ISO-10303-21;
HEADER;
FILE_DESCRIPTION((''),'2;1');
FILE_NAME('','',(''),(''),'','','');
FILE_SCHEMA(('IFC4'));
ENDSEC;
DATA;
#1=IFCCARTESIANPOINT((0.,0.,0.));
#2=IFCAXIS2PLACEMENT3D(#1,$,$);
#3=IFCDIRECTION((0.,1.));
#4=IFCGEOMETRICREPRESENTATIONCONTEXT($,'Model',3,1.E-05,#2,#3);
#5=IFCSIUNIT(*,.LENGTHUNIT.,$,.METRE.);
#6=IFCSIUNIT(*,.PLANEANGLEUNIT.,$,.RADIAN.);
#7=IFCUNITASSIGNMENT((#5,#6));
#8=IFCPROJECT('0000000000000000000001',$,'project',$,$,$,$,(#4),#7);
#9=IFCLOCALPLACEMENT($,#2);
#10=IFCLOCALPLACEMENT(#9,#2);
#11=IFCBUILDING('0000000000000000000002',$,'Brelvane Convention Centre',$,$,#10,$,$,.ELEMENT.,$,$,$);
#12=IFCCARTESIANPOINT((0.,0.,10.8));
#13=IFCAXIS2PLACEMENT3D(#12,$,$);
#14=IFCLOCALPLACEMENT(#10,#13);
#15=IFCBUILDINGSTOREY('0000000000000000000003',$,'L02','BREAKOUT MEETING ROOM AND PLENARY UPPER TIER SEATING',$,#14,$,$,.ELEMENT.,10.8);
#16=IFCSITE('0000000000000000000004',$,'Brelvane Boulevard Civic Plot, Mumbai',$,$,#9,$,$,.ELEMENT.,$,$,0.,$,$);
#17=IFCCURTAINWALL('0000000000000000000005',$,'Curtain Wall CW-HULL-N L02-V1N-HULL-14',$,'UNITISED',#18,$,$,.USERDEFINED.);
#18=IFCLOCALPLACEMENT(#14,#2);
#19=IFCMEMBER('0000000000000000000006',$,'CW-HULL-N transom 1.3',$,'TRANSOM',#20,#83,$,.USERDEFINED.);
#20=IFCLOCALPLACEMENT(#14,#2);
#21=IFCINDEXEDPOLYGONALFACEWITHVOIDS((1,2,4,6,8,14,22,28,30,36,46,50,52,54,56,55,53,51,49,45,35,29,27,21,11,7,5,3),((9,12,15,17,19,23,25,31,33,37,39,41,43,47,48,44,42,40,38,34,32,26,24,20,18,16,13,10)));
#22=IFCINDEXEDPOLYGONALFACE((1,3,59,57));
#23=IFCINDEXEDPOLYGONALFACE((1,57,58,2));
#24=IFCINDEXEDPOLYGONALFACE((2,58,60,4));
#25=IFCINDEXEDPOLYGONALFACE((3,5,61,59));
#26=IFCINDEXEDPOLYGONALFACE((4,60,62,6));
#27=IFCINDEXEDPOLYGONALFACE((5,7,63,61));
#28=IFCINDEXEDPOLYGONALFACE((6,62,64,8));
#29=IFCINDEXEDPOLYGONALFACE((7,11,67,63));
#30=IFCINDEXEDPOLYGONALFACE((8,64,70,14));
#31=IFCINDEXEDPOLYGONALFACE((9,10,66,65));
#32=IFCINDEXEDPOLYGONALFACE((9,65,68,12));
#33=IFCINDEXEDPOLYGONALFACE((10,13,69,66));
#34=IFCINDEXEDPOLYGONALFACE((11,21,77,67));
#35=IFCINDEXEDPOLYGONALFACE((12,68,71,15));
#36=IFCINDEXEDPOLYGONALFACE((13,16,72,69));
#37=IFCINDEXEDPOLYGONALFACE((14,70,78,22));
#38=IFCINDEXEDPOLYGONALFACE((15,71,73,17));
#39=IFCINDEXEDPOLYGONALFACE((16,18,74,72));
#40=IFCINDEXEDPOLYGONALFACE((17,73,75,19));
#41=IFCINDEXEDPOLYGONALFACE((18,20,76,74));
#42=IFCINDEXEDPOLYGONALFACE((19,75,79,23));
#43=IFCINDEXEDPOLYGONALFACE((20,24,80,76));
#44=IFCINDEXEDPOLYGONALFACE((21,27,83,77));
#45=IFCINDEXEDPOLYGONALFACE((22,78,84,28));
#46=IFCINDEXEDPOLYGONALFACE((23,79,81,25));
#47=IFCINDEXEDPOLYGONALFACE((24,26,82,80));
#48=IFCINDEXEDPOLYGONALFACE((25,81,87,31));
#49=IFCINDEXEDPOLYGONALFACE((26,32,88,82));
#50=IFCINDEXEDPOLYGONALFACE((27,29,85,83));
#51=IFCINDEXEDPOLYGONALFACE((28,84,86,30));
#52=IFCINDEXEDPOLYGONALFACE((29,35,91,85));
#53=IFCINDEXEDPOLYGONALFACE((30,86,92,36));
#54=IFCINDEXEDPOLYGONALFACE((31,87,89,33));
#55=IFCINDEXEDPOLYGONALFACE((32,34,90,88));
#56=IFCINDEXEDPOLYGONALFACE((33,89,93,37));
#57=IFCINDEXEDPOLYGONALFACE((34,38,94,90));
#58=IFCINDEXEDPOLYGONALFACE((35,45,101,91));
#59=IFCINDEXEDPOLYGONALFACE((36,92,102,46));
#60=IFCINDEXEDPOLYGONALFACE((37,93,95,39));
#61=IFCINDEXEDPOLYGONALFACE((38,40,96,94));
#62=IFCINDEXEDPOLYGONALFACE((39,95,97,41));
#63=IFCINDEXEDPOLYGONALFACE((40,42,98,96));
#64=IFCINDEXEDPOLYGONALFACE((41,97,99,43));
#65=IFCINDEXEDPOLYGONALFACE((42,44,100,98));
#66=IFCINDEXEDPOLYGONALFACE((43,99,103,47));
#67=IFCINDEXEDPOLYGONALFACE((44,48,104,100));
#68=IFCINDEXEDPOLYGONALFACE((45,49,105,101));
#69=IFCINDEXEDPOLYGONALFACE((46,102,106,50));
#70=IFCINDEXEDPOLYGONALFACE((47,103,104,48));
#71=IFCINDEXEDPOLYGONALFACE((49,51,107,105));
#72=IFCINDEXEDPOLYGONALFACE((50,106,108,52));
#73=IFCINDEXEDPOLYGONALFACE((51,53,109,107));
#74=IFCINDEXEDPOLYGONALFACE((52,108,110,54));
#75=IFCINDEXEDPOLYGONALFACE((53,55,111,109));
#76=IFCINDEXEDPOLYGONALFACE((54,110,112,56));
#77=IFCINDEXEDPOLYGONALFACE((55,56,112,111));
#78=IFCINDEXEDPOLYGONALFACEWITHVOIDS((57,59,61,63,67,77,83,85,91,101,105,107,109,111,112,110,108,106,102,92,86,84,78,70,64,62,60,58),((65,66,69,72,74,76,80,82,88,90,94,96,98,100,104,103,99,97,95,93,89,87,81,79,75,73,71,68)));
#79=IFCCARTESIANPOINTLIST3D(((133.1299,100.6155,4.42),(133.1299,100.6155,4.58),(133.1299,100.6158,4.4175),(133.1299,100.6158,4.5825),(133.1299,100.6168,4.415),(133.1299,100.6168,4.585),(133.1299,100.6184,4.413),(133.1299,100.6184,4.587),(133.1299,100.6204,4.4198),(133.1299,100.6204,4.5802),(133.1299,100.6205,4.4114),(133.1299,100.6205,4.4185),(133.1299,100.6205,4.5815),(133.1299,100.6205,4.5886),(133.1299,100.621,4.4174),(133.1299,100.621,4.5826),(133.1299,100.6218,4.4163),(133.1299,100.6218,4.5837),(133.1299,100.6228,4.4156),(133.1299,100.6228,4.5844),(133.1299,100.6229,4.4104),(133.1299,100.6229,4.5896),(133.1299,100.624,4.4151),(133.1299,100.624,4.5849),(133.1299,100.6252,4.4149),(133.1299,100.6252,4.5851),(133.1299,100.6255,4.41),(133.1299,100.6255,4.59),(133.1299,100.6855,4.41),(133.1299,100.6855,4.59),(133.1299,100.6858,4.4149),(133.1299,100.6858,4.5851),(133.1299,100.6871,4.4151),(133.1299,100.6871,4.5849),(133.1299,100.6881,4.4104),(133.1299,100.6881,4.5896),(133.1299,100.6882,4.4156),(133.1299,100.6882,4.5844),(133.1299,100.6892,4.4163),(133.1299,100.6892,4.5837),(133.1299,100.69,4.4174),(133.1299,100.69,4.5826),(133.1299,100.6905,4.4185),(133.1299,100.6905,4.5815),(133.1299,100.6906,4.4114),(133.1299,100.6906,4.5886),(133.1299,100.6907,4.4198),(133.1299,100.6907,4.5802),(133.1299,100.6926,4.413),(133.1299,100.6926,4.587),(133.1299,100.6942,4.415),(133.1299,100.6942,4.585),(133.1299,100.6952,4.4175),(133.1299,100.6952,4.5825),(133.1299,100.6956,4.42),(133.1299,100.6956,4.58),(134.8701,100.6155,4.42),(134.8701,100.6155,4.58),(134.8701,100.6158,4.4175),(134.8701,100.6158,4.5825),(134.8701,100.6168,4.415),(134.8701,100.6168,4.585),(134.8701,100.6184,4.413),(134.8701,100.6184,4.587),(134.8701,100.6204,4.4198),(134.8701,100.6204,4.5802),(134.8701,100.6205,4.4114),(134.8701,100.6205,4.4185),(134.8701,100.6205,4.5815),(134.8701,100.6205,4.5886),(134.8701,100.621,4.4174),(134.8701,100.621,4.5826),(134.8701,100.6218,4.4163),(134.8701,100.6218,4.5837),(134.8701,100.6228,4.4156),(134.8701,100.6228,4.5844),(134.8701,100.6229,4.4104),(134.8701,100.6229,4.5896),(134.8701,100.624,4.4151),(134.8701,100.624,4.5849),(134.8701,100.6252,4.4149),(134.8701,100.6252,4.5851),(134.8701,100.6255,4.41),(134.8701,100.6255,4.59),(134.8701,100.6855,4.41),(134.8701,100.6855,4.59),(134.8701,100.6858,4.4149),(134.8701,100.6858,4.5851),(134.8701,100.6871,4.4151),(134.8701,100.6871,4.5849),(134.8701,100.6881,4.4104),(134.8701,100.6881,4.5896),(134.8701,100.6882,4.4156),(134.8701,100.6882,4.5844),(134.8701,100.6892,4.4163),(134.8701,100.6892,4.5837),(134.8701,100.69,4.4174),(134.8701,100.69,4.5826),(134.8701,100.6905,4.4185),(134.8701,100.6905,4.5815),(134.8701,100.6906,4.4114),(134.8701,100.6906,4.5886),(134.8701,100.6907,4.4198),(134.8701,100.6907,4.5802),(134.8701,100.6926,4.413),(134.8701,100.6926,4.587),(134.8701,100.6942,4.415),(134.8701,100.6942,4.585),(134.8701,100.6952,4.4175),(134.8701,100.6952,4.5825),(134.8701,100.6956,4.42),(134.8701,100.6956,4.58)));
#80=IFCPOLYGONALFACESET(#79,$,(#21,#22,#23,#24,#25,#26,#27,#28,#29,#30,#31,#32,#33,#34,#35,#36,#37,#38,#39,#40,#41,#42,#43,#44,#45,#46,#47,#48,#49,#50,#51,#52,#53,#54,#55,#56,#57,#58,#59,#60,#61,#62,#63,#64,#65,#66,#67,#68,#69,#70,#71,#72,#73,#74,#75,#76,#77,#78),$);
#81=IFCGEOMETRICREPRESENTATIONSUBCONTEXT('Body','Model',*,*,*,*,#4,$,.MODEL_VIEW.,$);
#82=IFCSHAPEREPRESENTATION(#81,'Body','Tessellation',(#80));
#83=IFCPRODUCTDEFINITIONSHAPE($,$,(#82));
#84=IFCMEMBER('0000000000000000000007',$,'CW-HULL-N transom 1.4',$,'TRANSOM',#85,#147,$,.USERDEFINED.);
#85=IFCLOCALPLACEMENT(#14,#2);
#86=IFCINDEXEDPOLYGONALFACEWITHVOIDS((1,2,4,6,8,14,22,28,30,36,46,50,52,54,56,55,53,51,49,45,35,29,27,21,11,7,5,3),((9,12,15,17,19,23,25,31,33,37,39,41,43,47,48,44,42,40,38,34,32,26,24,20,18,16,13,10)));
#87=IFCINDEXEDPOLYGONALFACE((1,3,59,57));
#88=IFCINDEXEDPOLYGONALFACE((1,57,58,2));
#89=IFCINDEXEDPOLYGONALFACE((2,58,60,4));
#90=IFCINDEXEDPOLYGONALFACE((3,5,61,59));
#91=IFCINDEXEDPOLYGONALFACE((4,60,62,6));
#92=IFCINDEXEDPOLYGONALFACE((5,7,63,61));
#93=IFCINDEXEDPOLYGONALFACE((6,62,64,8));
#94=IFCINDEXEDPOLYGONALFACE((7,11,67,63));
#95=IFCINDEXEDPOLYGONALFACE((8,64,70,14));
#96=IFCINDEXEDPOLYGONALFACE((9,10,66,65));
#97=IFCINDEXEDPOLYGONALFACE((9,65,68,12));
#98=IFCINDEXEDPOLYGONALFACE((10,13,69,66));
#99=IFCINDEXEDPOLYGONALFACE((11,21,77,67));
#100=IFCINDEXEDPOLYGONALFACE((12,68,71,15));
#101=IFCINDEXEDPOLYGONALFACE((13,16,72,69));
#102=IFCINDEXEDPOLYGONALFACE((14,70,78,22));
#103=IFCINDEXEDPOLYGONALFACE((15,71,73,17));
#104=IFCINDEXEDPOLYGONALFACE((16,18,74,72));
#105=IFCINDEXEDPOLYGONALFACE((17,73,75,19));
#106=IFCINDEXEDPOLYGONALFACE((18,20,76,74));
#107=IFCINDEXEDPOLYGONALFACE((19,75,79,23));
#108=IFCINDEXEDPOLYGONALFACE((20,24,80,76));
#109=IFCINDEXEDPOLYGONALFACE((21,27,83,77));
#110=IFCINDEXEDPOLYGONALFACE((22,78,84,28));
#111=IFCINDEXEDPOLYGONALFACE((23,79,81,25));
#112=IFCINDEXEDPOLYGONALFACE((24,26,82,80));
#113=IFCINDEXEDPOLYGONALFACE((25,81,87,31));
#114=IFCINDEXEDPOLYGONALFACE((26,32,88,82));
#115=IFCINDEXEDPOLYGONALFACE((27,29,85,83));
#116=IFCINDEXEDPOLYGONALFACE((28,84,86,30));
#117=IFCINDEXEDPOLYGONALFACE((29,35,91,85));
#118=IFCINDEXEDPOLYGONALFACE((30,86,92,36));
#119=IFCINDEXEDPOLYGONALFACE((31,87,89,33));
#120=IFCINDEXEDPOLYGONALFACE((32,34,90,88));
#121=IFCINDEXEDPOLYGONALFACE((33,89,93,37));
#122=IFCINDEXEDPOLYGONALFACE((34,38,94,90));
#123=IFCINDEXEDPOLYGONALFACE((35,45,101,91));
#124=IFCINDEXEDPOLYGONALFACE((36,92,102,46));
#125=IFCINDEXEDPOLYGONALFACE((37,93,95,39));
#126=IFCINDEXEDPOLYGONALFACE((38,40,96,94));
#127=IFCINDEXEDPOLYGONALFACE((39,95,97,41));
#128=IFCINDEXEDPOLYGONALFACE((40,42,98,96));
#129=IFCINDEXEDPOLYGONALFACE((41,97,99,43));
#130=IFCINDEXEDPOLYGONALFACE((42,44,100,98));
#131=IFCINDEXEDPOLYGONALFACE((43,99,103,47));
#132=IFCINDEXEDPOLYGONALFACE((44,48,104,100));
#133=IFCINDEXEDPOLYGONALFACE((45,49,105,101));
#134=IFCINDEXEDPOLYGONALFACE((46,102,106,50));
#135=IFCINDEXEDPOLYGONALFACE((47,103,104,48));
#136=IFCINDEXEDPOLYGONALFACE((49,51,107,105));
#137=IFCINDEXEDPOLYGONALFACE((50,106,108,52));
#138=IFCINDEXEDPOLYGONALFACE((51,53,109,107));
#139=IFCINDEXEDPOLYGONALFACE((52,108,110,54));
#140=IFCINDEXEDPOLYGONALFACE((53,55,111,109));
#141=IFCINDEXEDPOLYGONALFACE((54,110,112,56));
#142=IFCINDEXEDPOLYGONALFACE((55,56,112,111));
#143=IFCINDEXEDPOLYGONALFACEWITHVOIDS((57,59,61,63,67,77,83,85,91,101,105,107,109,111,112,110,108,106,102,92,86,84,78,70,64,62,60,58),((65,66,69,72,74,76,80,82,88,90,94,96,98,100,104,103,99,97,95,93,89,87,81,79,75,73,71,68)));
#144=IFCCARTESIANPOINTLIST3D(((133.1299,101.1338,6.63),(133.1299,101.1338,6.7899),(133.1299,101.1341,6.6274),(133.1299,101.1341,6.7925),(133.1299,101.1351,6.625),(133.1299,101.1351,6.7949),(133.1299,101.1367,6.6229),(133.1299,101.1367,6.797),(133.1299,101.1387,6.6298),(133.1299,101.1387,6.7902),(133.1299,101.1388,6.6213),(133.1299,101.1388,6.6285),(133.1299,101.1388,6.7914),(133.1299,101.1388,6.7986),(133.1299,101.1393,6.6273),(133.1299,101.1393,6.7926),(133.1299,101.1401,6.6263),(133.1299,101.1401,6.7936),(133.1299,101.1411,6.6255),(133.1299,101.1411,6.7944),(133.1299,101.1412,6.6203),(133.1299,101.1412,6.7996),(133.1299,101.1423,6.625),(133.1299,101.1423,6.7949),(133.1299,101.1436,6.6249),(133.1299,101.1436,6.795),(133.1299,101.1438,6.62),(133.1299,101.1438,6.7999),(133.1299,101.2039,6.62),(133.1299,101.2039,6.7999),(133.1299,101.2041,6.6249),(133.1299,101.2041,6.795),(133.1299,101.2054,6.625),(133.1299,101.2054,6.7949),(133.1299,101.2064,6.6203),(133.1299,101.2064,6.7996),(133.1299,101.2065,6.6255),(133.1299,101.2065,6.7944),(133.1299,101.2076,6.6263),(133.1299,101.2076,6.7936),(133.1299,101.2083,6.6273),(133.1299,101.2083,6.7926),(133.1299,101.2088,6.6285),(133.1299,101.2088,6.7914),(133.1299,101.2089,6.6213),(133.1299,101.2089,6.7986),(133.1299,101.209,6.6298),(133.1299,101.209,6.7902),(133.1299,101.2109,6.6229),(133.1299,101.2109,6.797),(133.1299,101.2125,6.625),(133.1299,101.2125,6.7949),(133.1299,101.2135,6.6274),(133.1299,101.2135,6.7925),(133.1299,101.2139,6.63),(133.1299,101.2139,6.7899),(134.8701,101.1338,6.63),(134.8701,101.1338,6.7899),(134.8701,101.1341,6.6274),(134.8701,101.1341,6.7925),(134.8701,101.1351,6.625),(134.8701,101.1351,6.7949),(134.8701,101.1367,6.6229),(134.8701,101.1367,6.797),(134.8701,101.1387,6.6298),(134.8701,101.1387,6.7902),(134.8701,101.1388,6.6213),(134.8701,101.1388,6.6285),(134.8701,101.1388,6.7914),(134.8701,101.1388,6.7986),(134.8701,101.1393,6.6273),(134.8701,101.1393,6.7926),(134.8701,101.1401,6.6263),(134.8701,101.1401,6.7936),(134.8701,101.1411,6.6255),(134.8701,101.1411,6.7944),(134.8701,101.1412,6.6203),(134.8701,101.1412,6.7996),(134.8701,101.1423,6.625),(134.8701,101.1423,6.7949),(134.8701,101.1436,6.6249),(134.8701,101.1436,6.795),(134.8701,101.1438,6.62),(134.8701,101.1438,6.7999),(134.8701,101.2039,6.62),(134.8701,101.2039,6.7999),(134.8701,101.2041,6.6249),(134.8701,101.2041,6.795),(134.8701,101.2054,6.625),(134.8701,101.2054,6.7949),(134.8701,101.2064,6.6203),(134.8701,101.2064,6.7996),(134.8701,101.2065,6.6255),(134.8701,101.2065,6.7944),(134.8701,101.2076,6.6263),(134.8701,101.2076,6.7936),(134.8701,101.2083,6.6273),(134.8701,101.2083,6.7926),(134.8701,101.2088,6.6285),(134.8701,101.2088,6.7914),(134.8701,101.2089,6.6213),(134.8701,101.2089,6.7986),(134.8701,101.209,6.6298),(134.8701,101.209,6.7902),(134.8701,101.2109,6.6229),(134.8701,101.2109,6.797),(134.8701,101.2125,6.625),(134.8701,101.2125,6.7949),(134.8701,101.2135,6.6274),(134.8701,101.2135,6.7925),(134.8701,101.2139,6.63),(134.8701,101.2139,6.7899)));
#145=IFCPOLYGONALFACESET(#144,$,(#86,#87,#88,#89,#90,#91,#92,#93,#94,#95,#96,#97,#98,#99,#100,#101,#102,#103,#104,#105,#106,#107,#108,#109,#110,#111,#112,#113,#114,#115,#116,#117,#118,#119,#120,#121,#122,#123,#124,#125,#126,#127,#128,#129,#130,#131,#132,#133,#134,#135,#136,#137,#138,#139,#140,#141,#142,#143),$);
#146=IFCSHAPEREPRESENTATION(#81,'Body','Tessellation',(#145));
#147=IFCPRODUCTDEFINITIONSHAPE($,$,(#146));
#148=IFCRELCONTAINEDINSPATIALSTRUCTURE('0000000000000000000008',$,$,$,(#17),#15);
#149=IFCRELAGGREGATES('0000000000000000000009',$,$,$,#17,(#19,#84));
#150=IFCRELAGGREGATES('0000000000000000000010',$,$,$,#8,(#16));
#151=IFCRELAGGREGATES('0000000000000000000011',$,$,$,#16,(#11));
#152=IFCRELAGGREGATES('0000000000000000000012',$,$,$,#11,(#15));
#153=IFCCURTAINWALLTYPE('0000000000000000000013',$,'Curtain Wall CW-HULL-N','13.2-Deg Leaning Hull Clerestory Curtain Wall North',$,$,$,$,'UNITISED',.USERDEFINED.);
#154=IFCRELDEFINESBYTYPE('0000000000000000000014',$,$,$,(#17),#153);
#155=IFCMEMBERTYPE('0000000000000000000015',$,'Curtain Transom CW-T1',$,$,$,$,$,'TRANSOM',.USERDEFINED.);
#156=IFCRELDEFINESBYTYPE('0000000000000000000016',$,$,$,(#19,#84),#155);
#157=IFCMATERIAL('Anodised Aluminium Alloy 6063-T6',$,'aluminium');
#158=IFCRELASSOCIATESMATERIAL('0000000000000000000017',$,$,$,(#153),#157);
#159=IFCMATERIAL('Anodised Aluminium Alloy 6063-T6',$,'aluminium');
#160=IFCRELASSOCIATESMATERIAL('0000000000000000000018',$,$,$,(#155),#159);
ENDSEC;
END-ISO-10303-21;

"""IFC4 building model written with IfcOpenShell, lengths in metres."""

from ifc_helpers import new_model, si_unit, direction, frame, origin, origin_2d, place, context, subcontext, project, spatial, hollow_rectangle, extrude, material, material_profile, profile_set, type_object, element, aggregate, save


model = new_model("IFC4")

# Units and contexts
model_context = context("Model", 3, precision=1e-05, world=origin(), true_north=direction((0.0, 1.0)))
body_context = subcontext(model_context, "Body", "Model", "MODEL_VIEW")
ifc_project = project(units=[si_unit("LENGTHUNIT", "METRE"), si_unit("PLANEANGLEUNIT", "RADIAN")], contexts=[model_context])

# Site, building, storey
site_placement = place(None, origin())
site = spatial("IfcSite", under=ifc_project, at=site_placement, Name="Brelvane Boulevard Civic Plot, Mumbai", CompositionType="ELEMENT", RefElevation=0.0)
building_placement = place(site_placement, origin())
building = spatial("IfcBuilding", under=site, at=building_placement, Name="Brelvane Convention Centre", CompositionType="ELEMENT")
storey_placement = place(building_placement, frame((0.0, 0.0, 10.8)))
storey = spatial("IfcBuildingStorey", under=building, at=storey_placement, Name="L02", Description="BREAKOUT MEETING ROOM AND PLENARY UPPER TIER SEATING", CompositionType="ELEMENT", Elevation=10.8)

# Curtain wall, members
ifc_material_1 = material(Name="Anodised Aluminium Alloy 6063-T6", Category="aluminium")
curtain_wall_type_1 = type_object("IfcCurtainWallType", Name="Curtain Wall CW-HULL-N", Description="13.2-Deg Leaning Hull Clerestory Curtain Wall North", ElementType="UNITISED", PredefinedType="USERDEFINED", material=ifc_material_1)
ifc_material_2 = material(Name="Anodised Aluminium Alloy 6063-T6", Category="aluminium")
ifc_material_profile_1 = material_profile(ifc_material_2, hollow_rectangle(XDim=0.0801, YDim=0.1799, WallThickness=0.0049, InnerFilletRadius=0.0049, OuterFilletRadius=0.01, at=origin_2d()), Name="ALU-T 180x80x5.0")
ifc_profile_set_1 = profile_set([ifc_material_profile_1], Name="Anodised Aluminium Alloy 6063-T6")
member_type_1 = type_object("IfcMemberType", Name="Curtain Transom CW-T1", ElementType="TRANSOM", PredefinedType="USERDEFINED", material=ifc_profile_set_1)
curtain_wall_1_placement = place(storey_placement, origin())
curtain_wall_1 = element("IfcCurtainWall", 1, at=curtain_wall_1_placement, inside=storey, type_object=curtain_wall_type_1, Name="Curtain Wall CW-HULL-N L02-V1N-HULL-14", ObjectType="UNITISED", PredefinedType="USERDEFINED")
member_1_placement = place(storey_placement, frame((133.1299, 100.6555, 4.5), z_axis=(1.0, 0.0, 0.0), x_axis=(0.0, 1.0, 0.0)))
member_1 = element("IfcMember", 2, at=member_1_placement, type_object=member_type_1, Name="CW-HULL-N transom 1.3", ObjectType="TRANSOM", PredefinedType="USERDEFINED", context=body_context, shape_type="SweptSolid", body=[
    extrude(hollow_rectangle(XDim=0.0801, YDim=0.1799, WallThickness=0.0049, InnerFilletRadius=0.0049, OuterFilletRadius=0.01, at=origin_2d()), origin(), (0.0, 0.0, 1.0), 1.7402),
])
member_2_placement = place(storey_placement, frame((133.1299, 101.1738, 6.71), z_axis=(1.0, 0.0, 0.0), x_axis=(0.0, 1.0, 0.0)))
member_2 = element("IfcMember", 3, at=member_2_placement, type_object=member_type_1, Name="CW-HULL-N transom 1.4", ObjectType="TRANSOM", PredefinedType="USERDEFINED", context=body_context, shape_type="SweptSolid", body=[
    extrude(hollow_rectangle(XDim=0.0801, YDim=0.1799, WallThickness=0.0049, InnerFilletRadius=0.0049, OuterFilletRadius=0.01, at=origin_2d()), origin(), (0.0, 0.0, 1.0), 1.7402),
])

aggregate(curtain_wall_1, [member_1, member_2])

save(model, "model.ifc")
